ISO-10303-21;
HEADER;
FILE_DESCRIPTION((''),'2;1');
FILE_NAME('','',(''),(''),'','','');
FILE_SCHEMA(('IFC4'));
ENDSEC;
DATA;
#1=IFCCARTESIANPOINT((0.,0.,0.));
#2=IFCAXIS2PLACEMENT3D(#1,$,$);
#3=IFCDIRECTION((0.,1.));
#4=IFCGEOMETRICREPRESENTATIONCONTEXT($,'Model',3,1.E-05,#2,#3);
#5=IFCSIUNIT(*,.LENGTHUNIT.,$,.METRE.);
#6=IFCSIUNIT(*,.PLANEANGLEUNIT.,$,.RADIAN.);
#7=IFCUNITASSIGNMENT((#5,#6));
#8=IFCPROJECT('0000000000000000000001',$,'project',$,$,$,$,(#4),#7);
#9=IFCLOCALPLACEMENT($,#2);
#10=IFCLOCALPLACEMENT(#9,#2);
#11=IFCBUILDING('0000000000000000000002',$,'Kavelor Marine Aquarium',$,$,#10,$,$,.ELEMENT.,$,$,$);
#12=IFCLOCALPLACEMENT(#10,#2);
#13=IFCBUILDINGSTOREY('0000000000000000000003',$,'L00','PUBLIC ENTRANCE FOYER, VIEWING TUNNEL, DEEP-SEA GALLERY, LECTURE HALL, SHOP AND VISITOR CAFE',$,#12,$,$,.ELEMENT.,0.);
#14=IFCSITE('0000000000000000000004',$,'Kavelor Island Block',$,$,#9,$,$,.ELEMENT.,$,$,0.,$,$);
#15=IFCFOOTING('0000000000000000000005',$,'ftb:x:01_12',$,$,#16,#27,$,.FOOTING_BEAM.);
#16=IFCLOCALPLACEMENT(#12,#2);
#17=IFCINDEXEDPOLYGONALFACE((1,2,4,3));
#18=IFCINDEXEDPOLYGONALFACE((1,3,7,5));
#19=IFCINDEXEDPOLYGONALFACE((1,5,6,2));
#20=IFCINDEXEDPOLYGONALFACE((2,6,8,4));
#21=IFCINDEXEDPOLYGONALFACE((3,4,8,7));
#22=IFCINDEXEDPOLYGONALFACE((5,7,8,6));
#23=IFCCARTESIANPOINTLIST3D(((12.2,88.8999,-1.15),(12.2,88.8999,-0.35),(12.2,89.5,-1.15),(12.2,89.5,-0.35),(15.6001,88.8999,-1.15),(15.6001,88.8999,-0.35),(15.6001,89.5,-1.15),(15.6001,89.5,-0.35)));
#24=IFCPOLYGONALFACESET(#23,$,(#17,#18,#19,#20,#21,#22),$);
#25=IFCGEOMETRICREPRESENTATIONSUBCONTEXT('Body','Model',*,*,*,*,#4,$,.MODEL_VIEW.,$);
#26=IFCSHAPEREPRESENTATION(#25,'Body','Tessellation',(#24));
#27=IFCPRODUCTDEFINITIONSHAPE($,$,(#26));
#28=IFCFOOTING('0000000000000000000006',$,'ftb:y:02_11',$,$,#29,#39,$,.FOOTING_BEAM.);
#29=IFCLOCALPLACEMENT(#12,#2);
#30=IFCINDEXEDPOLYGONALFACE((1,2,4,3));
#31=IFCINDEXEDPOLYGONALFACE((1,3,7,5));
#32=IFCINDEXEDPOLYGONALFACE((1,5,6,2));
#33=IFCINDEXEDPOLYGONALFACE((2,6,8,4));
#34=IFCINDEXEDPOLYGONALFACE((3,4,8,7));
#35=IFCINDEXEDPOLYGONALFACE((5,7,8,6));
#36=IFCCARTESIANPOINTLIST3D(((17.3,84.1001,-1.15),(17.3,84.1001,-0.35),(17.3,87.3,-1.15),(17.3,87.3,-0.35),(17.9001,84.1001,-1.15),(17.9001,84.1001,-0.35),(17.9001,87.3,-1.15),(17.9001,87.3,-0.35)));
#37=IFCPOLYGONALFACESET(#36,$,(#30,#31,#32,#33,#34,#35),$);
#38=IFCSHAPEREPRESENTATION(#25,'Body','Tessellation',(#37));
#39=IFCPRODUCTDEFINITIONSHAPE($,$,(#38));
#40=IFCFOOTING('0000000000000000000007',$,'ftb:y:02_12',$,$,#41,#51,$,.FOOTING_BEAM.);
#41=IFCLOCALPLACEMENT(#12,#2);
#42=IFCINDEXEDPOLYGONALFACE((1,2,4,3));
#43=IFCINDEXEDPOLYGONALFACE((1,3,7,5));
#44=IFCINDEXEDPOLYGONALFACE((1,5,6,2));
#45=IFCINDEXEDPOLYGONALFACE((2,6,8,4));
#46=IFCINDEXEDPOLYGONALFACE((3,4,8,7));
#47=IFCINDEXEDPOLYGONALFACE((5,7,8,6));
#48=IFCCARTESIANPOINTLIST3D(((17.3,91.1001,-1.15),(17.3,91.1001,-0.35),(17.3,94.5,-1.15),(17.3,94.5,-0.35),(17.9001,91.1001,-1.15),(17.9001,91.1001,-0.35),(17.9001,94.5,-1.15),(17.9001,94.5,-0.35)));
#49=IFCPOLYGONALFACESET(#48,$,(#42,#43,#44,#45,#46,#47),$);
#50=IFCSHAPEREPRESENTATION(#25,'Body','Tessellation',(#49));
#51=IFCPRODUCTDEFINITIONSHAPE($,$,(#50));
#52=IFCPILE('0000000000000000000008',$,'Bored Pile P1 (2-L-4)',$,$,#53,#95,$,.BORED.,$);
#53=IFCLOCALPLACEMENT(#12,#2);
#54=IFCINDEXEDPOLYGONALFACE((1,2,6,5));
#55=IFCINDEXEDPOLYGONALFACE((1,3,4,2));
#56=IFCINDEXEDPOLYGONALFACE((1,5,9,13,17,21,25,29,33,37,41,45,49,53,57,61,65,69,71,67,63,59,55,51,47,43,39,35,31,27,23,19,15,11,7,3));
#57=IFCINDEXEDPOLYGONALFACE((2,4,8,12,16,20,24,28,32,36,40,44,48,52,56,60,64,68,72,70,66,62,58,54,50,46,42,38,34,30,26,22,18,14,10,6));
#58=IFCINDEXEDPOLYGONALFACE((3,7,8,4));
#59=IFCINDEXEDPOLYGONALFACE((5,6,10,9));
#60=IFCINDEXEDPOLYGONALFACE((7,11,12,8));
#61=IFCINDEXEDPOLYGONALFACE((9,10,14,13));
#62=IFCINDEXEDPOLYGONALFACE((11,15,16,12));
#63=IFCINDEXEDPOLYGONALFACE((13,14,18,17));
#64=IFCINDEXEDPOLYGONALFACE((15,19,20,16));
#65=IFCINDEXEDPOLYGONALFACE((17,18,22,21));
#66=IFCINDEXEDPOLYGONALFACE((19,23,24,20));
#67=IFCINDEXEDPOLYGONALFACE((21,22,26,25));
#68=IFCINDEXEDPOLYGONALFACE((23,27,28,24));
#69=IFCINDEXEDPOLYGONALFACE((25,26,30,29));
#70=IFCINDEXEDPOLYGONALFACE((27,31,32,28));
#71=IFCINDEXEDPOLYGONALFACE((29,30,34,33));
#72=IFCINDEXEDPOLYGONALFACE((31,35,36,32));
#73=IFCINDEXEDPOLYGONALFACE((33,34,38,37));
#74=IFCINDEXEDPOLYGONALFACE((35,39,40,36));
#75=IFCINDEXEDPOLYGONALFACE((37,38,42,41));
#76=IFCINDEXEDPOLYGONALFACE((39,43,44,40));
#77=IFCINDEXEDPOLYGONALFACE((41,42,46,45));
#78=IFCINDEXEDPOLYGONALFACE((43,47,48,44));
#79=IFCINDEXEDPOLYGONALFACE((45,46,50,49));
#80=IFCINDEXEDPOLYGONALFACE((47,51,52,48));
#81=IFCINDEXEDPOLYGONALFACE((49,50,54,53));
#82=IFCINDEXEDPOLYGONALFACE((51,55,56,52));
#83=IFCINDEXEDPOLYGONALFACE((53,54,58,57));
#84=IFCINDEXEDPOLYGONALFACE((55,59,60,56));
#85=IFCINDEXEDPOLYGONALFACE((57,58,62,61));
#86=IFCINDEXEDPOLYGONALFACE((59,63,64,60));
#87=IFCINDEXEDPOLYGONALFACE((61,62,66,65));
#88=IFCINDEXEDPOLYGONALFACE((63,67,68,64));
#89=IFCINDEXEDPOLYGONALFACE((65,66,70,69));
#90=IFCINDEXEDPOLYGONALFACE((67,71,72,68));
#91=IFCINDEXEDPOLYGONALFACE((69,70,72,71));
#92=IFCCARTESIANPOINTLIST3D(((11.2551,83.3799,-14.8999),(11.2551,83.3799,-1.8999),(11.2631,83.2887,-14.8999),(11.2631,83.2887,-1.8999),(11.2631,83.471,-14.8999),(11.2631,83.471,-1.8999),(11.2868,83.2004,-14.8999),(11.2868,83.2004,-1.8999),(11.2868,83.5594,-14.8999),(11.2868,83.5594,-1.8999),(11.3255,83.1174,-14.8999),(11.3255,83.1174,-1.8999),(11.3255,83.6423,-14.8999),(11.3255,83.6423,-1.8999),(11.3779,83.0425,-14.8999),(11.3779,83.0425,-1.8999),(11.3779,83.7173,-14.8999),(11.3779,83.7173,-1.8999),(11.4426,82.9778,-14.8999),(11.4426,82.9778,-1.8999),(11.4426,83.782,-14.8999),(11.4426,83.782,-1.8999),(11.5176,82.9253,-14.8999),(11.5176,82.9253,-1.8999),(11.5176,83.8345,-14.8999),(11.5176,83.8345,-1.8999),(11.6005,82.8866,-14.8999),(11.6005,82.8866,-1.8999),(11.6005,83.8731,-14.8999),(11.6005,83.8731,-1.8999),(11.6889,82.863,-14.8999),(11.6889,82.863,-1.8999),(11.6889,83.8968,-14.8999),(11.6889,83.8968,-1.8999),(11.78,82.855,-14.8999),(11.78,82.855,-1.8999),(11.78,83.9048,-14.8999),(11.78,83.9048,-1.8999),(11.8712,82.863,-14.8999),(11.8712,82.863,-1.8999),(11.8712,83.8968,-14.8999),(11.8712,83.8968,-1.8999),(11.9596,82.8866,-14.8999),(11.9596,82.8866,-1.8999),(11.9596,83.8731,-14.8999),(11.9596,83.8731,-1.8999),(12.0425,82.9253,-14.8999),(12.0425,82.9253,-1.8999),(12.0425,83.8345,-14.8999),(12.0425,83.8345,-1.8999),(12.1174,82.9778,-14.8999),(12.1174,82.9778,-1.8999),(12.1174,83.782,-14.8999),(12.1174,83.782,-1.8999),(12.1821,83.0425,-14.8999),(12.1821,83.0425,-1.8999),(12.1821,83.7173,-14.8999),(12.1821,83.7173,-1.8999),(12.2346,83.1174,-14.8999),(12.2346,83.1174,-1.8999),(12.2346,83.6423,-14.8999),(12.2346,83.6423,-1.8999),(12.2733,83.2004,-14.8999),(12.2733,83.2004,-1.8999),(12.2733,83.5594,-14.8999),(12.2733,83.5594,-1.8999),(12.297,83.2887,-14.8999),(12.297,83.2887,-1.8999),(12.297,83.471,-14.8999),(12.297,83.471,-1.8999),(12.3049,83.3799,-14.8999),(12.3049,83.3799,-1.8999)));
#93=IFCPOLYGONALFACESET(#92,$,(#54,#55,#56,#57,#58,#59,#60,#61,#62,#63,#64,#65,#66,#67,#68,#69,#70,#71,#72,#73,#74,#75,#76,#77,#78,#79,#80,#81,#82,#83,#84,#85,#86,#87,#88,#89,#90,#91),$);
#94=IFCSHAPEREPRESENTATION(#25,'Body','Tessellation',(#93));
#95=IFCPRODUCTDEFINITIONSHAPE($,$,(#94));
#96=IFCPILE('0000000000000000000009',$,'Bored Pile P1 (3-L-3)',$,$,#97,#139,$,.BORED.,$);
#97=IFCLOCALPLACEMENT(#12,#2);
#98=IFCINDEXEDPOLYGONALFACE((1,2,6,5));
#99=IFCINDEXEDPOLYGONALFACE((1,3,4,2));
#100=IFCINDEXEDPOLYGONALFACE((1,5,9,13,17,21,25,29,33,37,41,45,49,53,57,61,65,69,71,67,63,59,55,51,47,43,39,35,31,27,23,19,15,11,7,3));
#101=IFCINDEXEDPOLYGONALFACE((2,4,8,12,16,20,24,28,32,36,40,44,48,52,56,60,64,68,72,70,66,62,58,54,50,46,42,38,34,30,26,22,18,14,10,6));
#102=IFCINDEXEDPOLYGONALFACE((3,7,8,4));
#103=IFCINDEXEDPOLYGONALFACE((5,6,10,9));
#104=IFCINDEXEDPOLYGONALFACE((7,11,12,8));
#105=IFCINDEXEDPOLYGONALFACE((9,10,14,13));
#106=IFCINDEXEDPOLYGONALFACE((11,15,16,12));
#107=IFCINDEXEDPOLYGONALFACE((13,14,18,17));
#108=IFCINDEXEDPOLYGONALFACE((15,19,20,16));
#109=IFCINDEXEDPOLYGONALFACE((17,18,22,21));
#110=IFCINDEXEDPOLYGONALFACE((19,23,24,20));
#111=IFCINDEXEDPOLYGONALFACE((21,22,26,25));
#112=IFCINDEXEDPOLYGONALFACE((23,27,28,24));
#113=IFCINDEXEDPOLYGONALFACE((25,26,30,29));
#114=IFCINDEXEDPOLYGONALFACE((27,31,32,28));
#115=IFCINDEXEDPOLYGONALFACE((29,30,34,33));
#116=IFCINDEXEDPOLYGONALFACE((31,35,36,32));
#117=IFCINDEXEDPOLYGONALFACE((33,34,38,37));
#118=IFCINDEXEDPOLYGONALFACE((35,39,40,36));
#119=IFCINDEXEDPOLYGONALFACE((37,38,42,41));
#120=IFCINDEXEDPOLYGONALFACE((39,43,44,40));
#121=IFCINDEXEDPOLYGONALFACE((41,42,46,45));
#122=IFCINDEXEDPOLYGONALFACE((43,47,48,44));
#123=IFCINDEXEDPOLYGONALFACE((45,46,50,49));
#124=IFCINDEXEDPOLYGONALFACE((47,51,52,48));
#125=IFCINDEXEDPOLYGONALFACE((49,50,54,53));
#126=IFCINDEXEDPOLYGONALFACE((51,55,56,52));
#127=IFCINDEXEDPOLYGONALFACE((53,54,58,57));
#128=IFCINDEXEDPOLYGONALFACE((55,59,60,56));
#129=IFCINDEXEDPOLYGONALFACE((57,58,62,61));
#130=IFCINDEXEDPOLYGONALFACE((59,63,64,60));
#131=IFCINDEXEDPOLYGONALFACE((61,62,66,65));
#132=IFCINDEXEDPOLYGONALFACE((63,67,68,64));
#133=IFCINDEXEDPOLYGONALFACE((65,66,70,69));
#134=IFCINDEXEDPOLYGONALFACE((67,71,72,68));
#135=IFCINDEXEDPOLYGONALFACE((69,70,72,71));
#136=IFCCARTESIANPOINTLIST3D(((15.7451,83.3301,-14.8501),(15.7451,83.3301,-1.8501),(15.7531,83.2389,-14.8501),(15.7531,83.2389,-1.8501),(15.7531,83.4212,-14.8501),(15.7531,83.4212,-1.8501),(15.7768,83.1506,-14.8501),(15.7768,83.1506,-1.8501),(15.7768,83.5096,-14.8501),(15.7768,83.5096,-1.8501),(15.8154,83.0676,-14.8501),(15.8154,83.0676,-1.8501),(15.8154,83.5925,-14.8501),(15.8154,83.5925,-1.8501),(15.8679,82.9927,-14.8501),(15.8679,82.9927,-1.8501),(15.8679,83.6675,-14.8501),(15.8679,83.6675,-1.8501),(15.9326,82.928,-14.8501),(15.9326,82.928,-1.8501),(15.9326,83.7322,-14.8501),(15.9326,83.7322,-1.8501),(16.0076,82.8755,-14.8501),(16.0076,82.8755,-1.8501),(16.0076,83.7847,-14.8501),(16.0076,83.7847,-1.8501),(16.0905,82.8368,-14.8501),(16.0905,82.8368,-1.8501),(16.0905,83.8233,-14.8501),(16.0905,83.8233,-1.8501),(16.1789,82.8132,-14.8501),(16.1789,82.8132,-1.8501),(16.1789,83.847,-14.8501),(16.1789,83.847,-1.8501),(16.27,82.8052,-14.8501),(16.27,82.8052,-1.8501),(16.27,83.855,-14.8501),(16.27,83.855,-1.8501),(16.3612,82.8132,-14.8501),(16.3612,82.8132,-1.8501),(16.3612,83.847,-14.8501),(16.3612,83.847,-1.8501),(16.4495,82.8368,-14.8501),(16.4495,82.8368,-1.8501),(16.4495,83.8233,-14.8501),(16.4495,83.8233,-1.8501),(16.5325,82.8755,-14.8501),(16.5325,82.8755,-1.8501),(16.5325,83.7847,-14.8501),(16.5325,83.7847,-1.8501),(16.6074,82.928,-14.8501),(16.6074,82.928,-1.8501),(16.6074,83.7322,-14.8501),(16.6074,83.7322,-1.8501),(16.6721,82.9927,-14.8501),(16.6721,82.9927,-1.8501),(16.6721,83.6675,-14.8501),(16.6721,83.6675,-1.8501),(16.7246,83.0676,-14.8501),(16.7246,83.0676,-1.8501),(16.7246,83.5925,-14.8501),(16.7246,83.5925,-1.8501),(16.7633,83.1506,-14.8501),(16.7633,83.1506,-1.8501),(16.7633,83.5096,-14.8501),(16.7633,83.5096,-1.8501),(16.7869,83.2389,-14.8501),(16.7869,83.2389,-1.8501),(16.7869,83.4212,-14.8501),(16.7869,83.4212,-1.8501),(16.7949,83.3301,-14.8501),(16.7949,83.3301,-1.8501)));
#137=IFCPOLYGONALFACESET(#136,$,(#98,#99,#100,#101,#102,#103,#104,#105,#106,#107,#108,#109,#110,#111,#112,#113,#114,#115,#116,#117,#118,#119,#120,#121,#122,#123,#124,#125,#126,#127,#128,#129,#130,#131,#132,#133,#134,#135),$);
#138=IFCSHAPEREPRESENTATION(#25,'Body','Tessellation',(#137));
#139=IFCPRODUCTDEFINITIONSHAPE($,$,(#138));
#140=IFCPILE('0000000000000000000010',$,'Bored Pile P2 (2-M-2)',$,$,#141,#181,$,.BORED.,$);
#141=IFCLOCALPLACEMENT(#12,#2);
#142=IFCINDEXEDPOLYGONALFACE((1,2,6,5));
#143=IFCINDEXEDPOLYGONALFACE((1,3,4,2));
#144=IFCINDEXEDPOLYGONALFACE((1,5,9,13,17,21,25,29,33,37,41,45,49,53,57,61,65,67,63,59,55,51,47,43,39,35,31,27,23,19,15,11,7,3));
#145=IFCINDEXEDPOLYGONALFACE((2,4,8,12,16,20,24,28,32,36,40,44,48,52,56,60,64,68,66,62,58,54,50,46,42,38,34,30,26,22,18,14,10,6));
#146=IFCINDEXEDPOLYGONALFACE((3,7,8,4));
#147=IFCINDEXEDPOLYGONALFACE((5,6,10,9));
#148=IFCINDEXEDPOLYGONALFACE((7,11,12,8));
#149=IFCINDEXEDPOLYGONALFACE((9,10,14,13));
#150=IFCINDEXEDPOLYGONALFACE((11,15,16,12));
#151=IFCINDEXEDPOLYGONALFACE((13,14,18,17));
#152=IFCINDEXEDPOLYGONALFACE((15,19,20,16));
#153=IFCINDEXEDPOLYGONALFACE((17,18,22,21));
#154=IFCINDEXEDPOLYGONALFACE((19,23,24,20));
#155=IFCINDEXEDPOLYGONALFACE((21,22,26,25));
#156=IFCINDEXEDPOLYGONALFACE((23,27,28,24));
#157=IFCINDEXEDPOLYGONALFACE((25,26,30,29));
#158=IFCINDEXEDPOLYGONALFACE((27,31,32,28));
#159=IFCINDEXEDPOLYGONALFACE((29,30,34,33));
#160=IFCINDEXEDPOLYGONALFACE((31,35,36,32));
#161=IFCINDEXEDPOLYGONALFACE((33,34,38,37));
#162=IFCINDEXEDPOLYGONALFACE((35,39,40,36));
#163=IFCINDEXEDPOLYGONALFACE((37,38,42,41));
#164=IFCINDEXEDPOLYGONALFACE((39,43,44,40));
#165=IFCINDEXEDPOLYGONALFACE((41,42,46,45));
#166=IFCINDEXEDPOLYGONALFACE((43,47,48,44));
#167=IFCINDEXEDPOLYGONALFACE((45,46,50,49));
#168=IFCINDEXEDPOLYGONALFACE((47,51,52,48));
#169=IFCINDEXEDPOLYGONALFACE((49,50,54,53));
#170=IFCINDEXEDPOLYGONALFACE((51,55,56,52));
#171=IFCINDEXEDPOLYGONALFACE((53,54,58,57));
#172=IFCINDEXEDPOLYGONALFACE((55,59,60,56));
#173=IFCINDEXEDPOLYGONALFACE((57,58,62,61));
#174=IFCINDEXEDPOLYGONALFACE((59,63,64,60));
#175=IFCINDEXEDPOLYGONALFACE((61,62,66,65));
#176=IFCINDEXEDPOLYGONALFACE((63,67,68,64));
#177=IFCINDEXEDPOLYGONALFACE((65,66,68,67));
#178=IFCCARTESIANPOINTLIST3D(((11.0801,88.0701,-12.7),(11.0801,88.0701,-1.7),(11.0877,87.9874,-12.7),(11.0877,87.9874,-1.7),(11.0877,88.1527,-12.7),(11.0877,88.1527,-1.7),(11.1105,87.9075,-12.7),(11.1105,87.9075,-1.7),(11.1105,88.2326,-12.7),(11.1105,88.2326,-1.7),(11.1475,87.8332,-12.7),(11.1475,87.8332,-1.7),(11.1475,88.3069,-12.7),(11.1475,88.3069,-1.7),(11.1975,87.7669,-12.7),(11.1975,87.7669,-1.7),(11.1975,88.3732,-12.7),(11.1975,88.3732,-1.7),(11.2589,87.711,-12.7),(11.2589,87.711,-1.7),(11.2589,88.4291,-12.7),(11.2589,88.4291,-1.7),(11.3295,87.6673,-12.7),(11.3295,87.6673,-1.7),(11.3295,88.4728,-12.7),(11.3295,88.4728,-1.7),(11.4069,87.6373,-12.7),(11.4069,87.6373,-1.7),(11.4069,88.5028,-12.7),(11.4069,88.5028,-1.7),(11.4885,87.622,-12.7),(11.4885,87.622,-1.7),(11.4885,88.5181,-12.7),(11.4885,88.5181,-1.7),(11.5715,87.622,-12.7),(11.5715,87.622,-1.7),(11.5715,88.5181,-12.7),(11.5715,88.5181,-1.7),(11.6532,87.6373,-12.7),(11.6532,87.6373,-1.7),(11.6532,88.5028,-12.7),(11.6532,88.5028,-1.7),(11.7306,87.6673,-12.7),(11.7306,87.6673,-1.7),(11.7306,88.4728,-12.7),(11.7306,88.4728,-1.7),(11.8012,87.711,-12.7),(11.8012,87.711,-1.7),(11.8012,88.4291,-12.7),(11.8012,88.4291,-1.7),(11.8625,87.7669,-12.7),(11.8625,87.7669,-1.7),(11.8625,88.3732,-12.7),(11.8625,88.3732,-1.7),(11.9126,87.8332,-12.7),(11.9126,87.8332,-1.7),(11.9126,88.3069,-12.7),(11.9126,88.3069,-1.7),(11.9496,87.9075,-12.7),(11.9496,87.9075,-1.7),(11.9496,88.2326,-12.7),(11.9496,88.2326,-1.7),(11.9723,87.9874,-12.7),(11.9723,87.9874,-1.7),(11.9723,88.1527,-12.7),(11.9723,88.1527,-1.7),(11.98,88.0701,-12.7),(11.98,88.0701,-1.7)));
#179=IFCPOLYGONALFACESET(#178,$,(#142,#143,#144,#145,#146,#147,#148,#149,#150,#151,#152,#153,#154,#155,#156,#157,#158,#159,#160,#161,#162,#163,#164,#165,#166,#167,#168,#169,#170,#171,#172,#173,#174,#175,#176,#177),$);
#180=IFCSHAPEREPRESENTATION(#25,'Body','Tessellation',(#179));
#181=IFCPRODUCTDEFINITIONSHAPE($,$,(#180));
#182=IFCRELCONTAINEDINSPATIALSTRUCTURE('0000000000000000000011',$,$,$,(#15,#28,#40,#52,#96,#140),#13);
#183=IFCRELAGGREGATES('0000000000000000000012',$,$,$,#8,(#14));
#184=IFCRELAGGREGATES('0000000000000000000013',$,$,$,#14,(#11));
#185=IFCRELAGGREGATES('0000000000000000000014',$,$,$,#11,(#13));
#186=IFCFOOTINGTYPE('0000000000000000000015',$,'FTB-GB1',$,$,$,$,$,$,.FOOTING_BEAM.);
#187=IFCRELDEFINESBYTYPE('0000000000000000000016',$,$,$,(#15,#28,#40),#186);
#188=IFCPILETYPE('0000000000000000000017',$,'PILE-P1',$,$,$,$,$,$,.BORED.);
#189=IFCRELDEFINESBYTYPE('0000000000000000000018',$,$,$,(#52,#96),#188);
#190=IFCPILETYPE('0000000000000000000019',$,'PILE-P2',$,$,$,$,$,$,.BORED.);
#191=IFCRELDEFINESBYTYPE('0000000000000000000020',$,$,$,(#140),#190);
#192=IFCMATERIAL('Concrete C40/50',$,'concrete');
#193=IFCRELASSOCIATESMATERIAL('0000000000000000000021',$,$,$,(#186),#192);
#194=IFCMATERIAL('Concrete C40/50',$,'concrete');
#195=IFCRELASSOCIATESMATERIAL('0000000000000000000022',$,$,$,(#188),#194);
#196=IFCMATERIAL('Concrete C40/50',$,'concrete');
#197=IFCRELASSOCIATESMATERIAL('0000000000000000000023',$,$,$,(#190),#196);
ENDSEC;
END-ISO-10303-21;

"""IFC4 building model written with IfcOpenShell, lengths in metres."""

from ifc_helpers import new_model, si_unit, direction, frame, origin, origin_2d, place, context, subcontext, project, spatial, rectangle, circle, extrude, material, material_profile, profile_set, type_object, element, save


model = new_model("IFC4")

# Units and contexts
model_context = context("Model", 3, precision=1e-05, world=origin(), true_north=direction((0.0, 1.0)))
body_context = subcontext(model_context, "Body", "Model", "MODEL_VIEW")
ifc_project = project(units=[si_unit("LENGTHUNIT", "METRE"), si_unit("PLANEANGLEUNIT", "RADIAN")], contexts=[model_context])

# Site, building, storey
site_placement = place(None, origin())
site = spatial("IfcSite", under=ifc_project, at=site_placement, Name="Kavelor Island Block", CompositionType="ELEMENT", RefElevation=0.0)
building_placement = place(site_placement, origin())
building = spatial("IfcBuilding", under=site, at=building_placement, Name="Kavelor Marine Aquarium", CompositionType="ELEMENT")
storey_placement = place(building_placement, origin())
storey = spatial("IfcBuildingStorey", under=building, at=storey_placement, Name="L00", Description="PUBLIC ENTRANCE FOYER, VIEWING TUNNEL, DEEP-SEA GALLERY, LECTURE HALL, SHOP AND VISITOR CAFE", CompositionType="ELEMENT", Elevation=0.0)

# Footings
ifc_material_1 = material(Name="Concrete C40/50", Category="concrete")
ifc_material_profile_1 = material_profile(ifc_material_1, rectangle(XDim=0.6001, YDim=0.8, at=origin_2d()), Name="GB 600x800")
ifc_profile_set_1 = profile_set([ifc_material_profile_1], Name="Concrete C40/50")
footing_type = type_object("IfcFootingType", Name="FTB-GB1", PredefinedType="FOOTING_BEAM", material=ifc_profile_set_1)
footing_1_placement = place(storey_placement, frame((12.2, 89.2, -0.75), z_axis=(1.0, 0.0, 0.0), x_axis=(0.0, 1.0, 0.0)))
element("IfcFooting", 1, at=footing_1_placement, inside=storey, type_object=footing_type, Name="ftb:x:01_12", PredefinedType="FOOTING_BEAM", context=body_context, shape_type="SweptSolid", body=[
    extrude(rectangle(XDim=0.6001, YDim=0.8, at=origin_2d()), origin(), (0.0, 0.0, 1.0), 3.4001),
])
footing_2_placement = place(storey_placement, frame((17.6001, 84.1001, -0.75), z_axis=(0.0, 1.0, 0.0), x_axis=(-1.0, 0.0, 0.0)))
element("IfcFooting", 2, at=footing_2_placement, inside=storey, type_object=footing_type, Name="ftb:y:02_11", PredefinedType="FOOTING_BEAM", context=body_context, shape_type="SweptSolid", body=[
    extrude(rectangle(XDim=0.6001, YDim=0.8, at=origin_2d()), origin(), (0.0, 0.0, 1.0), 3.2),
])
footing_3_placement = place(storey_placement, frame((17.6001, 91.1001, -0.75), z_axis=(0.0, 1.0, 0.0), x_axis=(-1.0, 0.0, 0.0)))
element("IfcFooting", 3, at=footing_3_placement, inside=storey, type_object=footing_type, Name="ftb:y:02_12", PredefinedType="FOOTING_BEAM", context=body_context, shape_type="SweptSolid", body=[
    extrude(rectangle(XDim=0.6001, YDim=0.8, at=origin_2d()), origin(), (0.0, 0.0, 1.0), 3.3999),
])

# Piles
ifc_material_2 = material(Name="Concrete C40/50", Category="concrete")
ifc_material_profile_2 = material_profile(ifc_material_2, circle(Radius=0.5249, at=origin_2d()), Name="PILE D1050")
ifc_profile_set_2 = profile_set([ifc_material_profile_2], Name="Concrete C40/50")
pile_type_1 = type_object("IfcPileType", Name="PILE-P1", PredefinedType="BORED", material=ifc_profile_set_2)
for number, where, z_axis, x_axis, name in (
    (4, (11.78, 83.3799, -1.8999), (0.0, 0.0, -1.0), (1.0, 0.0, 0.0), "Bored Pile P1 (2-L-4)"),
    (5, (16.27, 83.3301, -1.8501), (0.0, 0.0, -1.0), (1.0, 0.0, 0.0), "Bored Pile P1 (3-L-3)"),
):
    element("IfcPile", number, at=place(storey_placement, frame(where, z_axis=z_axis, x_axis=x_axis)), inside=storey, type_object=pile_type_1, Name=name, PredefinedType="BORED", context=body_context, shape_type="SweptSolid", body=[
        extrude(circle(Radius=0.5249, at=origin_2d()), origin(), (0.0, 0.0, 1.0), 13.0),
    ])
ifc_material_3 = material(Name="Concrete C40/50", Category="concrete")
ifc_material_profile_3 = material_profile(ifc_material_3, circle(Radius=0.45, at=origin_2d()), Name="PILE D900")
ifc_profile_set_3 = profile_set([ifc_material_profile_3], Name="Concrete C40/50")
pile_type_2 = type_object("IfcPileType", Name="PILE-P2", PredefinedType="BORED", material=ifc_profile_set_3)
for number, where, z_axis, x_axis, name in (
    (6, (11.53, 88.0701, -1.7), (0.0, 0.0, -1.0), (1.0, 0.0, 0.0), "Bored Pile P2 (2-M-2)"),
):
    element("IfcPile", number, at=place(storey_placement, frame(where, z_axis=z_axis, x_axis=x_axis)), inside=storey, type_object=pile_type_2, Name=name, PredefinedType="BORED", context=body_context, shape_type="SweptSolid", body=[
        extrude(circle(Radius=0.45, at=origin_2d()), origin(), (0.0, 0.0, 1.0), 11.0),
    ])

save(model, "model.ifc")
